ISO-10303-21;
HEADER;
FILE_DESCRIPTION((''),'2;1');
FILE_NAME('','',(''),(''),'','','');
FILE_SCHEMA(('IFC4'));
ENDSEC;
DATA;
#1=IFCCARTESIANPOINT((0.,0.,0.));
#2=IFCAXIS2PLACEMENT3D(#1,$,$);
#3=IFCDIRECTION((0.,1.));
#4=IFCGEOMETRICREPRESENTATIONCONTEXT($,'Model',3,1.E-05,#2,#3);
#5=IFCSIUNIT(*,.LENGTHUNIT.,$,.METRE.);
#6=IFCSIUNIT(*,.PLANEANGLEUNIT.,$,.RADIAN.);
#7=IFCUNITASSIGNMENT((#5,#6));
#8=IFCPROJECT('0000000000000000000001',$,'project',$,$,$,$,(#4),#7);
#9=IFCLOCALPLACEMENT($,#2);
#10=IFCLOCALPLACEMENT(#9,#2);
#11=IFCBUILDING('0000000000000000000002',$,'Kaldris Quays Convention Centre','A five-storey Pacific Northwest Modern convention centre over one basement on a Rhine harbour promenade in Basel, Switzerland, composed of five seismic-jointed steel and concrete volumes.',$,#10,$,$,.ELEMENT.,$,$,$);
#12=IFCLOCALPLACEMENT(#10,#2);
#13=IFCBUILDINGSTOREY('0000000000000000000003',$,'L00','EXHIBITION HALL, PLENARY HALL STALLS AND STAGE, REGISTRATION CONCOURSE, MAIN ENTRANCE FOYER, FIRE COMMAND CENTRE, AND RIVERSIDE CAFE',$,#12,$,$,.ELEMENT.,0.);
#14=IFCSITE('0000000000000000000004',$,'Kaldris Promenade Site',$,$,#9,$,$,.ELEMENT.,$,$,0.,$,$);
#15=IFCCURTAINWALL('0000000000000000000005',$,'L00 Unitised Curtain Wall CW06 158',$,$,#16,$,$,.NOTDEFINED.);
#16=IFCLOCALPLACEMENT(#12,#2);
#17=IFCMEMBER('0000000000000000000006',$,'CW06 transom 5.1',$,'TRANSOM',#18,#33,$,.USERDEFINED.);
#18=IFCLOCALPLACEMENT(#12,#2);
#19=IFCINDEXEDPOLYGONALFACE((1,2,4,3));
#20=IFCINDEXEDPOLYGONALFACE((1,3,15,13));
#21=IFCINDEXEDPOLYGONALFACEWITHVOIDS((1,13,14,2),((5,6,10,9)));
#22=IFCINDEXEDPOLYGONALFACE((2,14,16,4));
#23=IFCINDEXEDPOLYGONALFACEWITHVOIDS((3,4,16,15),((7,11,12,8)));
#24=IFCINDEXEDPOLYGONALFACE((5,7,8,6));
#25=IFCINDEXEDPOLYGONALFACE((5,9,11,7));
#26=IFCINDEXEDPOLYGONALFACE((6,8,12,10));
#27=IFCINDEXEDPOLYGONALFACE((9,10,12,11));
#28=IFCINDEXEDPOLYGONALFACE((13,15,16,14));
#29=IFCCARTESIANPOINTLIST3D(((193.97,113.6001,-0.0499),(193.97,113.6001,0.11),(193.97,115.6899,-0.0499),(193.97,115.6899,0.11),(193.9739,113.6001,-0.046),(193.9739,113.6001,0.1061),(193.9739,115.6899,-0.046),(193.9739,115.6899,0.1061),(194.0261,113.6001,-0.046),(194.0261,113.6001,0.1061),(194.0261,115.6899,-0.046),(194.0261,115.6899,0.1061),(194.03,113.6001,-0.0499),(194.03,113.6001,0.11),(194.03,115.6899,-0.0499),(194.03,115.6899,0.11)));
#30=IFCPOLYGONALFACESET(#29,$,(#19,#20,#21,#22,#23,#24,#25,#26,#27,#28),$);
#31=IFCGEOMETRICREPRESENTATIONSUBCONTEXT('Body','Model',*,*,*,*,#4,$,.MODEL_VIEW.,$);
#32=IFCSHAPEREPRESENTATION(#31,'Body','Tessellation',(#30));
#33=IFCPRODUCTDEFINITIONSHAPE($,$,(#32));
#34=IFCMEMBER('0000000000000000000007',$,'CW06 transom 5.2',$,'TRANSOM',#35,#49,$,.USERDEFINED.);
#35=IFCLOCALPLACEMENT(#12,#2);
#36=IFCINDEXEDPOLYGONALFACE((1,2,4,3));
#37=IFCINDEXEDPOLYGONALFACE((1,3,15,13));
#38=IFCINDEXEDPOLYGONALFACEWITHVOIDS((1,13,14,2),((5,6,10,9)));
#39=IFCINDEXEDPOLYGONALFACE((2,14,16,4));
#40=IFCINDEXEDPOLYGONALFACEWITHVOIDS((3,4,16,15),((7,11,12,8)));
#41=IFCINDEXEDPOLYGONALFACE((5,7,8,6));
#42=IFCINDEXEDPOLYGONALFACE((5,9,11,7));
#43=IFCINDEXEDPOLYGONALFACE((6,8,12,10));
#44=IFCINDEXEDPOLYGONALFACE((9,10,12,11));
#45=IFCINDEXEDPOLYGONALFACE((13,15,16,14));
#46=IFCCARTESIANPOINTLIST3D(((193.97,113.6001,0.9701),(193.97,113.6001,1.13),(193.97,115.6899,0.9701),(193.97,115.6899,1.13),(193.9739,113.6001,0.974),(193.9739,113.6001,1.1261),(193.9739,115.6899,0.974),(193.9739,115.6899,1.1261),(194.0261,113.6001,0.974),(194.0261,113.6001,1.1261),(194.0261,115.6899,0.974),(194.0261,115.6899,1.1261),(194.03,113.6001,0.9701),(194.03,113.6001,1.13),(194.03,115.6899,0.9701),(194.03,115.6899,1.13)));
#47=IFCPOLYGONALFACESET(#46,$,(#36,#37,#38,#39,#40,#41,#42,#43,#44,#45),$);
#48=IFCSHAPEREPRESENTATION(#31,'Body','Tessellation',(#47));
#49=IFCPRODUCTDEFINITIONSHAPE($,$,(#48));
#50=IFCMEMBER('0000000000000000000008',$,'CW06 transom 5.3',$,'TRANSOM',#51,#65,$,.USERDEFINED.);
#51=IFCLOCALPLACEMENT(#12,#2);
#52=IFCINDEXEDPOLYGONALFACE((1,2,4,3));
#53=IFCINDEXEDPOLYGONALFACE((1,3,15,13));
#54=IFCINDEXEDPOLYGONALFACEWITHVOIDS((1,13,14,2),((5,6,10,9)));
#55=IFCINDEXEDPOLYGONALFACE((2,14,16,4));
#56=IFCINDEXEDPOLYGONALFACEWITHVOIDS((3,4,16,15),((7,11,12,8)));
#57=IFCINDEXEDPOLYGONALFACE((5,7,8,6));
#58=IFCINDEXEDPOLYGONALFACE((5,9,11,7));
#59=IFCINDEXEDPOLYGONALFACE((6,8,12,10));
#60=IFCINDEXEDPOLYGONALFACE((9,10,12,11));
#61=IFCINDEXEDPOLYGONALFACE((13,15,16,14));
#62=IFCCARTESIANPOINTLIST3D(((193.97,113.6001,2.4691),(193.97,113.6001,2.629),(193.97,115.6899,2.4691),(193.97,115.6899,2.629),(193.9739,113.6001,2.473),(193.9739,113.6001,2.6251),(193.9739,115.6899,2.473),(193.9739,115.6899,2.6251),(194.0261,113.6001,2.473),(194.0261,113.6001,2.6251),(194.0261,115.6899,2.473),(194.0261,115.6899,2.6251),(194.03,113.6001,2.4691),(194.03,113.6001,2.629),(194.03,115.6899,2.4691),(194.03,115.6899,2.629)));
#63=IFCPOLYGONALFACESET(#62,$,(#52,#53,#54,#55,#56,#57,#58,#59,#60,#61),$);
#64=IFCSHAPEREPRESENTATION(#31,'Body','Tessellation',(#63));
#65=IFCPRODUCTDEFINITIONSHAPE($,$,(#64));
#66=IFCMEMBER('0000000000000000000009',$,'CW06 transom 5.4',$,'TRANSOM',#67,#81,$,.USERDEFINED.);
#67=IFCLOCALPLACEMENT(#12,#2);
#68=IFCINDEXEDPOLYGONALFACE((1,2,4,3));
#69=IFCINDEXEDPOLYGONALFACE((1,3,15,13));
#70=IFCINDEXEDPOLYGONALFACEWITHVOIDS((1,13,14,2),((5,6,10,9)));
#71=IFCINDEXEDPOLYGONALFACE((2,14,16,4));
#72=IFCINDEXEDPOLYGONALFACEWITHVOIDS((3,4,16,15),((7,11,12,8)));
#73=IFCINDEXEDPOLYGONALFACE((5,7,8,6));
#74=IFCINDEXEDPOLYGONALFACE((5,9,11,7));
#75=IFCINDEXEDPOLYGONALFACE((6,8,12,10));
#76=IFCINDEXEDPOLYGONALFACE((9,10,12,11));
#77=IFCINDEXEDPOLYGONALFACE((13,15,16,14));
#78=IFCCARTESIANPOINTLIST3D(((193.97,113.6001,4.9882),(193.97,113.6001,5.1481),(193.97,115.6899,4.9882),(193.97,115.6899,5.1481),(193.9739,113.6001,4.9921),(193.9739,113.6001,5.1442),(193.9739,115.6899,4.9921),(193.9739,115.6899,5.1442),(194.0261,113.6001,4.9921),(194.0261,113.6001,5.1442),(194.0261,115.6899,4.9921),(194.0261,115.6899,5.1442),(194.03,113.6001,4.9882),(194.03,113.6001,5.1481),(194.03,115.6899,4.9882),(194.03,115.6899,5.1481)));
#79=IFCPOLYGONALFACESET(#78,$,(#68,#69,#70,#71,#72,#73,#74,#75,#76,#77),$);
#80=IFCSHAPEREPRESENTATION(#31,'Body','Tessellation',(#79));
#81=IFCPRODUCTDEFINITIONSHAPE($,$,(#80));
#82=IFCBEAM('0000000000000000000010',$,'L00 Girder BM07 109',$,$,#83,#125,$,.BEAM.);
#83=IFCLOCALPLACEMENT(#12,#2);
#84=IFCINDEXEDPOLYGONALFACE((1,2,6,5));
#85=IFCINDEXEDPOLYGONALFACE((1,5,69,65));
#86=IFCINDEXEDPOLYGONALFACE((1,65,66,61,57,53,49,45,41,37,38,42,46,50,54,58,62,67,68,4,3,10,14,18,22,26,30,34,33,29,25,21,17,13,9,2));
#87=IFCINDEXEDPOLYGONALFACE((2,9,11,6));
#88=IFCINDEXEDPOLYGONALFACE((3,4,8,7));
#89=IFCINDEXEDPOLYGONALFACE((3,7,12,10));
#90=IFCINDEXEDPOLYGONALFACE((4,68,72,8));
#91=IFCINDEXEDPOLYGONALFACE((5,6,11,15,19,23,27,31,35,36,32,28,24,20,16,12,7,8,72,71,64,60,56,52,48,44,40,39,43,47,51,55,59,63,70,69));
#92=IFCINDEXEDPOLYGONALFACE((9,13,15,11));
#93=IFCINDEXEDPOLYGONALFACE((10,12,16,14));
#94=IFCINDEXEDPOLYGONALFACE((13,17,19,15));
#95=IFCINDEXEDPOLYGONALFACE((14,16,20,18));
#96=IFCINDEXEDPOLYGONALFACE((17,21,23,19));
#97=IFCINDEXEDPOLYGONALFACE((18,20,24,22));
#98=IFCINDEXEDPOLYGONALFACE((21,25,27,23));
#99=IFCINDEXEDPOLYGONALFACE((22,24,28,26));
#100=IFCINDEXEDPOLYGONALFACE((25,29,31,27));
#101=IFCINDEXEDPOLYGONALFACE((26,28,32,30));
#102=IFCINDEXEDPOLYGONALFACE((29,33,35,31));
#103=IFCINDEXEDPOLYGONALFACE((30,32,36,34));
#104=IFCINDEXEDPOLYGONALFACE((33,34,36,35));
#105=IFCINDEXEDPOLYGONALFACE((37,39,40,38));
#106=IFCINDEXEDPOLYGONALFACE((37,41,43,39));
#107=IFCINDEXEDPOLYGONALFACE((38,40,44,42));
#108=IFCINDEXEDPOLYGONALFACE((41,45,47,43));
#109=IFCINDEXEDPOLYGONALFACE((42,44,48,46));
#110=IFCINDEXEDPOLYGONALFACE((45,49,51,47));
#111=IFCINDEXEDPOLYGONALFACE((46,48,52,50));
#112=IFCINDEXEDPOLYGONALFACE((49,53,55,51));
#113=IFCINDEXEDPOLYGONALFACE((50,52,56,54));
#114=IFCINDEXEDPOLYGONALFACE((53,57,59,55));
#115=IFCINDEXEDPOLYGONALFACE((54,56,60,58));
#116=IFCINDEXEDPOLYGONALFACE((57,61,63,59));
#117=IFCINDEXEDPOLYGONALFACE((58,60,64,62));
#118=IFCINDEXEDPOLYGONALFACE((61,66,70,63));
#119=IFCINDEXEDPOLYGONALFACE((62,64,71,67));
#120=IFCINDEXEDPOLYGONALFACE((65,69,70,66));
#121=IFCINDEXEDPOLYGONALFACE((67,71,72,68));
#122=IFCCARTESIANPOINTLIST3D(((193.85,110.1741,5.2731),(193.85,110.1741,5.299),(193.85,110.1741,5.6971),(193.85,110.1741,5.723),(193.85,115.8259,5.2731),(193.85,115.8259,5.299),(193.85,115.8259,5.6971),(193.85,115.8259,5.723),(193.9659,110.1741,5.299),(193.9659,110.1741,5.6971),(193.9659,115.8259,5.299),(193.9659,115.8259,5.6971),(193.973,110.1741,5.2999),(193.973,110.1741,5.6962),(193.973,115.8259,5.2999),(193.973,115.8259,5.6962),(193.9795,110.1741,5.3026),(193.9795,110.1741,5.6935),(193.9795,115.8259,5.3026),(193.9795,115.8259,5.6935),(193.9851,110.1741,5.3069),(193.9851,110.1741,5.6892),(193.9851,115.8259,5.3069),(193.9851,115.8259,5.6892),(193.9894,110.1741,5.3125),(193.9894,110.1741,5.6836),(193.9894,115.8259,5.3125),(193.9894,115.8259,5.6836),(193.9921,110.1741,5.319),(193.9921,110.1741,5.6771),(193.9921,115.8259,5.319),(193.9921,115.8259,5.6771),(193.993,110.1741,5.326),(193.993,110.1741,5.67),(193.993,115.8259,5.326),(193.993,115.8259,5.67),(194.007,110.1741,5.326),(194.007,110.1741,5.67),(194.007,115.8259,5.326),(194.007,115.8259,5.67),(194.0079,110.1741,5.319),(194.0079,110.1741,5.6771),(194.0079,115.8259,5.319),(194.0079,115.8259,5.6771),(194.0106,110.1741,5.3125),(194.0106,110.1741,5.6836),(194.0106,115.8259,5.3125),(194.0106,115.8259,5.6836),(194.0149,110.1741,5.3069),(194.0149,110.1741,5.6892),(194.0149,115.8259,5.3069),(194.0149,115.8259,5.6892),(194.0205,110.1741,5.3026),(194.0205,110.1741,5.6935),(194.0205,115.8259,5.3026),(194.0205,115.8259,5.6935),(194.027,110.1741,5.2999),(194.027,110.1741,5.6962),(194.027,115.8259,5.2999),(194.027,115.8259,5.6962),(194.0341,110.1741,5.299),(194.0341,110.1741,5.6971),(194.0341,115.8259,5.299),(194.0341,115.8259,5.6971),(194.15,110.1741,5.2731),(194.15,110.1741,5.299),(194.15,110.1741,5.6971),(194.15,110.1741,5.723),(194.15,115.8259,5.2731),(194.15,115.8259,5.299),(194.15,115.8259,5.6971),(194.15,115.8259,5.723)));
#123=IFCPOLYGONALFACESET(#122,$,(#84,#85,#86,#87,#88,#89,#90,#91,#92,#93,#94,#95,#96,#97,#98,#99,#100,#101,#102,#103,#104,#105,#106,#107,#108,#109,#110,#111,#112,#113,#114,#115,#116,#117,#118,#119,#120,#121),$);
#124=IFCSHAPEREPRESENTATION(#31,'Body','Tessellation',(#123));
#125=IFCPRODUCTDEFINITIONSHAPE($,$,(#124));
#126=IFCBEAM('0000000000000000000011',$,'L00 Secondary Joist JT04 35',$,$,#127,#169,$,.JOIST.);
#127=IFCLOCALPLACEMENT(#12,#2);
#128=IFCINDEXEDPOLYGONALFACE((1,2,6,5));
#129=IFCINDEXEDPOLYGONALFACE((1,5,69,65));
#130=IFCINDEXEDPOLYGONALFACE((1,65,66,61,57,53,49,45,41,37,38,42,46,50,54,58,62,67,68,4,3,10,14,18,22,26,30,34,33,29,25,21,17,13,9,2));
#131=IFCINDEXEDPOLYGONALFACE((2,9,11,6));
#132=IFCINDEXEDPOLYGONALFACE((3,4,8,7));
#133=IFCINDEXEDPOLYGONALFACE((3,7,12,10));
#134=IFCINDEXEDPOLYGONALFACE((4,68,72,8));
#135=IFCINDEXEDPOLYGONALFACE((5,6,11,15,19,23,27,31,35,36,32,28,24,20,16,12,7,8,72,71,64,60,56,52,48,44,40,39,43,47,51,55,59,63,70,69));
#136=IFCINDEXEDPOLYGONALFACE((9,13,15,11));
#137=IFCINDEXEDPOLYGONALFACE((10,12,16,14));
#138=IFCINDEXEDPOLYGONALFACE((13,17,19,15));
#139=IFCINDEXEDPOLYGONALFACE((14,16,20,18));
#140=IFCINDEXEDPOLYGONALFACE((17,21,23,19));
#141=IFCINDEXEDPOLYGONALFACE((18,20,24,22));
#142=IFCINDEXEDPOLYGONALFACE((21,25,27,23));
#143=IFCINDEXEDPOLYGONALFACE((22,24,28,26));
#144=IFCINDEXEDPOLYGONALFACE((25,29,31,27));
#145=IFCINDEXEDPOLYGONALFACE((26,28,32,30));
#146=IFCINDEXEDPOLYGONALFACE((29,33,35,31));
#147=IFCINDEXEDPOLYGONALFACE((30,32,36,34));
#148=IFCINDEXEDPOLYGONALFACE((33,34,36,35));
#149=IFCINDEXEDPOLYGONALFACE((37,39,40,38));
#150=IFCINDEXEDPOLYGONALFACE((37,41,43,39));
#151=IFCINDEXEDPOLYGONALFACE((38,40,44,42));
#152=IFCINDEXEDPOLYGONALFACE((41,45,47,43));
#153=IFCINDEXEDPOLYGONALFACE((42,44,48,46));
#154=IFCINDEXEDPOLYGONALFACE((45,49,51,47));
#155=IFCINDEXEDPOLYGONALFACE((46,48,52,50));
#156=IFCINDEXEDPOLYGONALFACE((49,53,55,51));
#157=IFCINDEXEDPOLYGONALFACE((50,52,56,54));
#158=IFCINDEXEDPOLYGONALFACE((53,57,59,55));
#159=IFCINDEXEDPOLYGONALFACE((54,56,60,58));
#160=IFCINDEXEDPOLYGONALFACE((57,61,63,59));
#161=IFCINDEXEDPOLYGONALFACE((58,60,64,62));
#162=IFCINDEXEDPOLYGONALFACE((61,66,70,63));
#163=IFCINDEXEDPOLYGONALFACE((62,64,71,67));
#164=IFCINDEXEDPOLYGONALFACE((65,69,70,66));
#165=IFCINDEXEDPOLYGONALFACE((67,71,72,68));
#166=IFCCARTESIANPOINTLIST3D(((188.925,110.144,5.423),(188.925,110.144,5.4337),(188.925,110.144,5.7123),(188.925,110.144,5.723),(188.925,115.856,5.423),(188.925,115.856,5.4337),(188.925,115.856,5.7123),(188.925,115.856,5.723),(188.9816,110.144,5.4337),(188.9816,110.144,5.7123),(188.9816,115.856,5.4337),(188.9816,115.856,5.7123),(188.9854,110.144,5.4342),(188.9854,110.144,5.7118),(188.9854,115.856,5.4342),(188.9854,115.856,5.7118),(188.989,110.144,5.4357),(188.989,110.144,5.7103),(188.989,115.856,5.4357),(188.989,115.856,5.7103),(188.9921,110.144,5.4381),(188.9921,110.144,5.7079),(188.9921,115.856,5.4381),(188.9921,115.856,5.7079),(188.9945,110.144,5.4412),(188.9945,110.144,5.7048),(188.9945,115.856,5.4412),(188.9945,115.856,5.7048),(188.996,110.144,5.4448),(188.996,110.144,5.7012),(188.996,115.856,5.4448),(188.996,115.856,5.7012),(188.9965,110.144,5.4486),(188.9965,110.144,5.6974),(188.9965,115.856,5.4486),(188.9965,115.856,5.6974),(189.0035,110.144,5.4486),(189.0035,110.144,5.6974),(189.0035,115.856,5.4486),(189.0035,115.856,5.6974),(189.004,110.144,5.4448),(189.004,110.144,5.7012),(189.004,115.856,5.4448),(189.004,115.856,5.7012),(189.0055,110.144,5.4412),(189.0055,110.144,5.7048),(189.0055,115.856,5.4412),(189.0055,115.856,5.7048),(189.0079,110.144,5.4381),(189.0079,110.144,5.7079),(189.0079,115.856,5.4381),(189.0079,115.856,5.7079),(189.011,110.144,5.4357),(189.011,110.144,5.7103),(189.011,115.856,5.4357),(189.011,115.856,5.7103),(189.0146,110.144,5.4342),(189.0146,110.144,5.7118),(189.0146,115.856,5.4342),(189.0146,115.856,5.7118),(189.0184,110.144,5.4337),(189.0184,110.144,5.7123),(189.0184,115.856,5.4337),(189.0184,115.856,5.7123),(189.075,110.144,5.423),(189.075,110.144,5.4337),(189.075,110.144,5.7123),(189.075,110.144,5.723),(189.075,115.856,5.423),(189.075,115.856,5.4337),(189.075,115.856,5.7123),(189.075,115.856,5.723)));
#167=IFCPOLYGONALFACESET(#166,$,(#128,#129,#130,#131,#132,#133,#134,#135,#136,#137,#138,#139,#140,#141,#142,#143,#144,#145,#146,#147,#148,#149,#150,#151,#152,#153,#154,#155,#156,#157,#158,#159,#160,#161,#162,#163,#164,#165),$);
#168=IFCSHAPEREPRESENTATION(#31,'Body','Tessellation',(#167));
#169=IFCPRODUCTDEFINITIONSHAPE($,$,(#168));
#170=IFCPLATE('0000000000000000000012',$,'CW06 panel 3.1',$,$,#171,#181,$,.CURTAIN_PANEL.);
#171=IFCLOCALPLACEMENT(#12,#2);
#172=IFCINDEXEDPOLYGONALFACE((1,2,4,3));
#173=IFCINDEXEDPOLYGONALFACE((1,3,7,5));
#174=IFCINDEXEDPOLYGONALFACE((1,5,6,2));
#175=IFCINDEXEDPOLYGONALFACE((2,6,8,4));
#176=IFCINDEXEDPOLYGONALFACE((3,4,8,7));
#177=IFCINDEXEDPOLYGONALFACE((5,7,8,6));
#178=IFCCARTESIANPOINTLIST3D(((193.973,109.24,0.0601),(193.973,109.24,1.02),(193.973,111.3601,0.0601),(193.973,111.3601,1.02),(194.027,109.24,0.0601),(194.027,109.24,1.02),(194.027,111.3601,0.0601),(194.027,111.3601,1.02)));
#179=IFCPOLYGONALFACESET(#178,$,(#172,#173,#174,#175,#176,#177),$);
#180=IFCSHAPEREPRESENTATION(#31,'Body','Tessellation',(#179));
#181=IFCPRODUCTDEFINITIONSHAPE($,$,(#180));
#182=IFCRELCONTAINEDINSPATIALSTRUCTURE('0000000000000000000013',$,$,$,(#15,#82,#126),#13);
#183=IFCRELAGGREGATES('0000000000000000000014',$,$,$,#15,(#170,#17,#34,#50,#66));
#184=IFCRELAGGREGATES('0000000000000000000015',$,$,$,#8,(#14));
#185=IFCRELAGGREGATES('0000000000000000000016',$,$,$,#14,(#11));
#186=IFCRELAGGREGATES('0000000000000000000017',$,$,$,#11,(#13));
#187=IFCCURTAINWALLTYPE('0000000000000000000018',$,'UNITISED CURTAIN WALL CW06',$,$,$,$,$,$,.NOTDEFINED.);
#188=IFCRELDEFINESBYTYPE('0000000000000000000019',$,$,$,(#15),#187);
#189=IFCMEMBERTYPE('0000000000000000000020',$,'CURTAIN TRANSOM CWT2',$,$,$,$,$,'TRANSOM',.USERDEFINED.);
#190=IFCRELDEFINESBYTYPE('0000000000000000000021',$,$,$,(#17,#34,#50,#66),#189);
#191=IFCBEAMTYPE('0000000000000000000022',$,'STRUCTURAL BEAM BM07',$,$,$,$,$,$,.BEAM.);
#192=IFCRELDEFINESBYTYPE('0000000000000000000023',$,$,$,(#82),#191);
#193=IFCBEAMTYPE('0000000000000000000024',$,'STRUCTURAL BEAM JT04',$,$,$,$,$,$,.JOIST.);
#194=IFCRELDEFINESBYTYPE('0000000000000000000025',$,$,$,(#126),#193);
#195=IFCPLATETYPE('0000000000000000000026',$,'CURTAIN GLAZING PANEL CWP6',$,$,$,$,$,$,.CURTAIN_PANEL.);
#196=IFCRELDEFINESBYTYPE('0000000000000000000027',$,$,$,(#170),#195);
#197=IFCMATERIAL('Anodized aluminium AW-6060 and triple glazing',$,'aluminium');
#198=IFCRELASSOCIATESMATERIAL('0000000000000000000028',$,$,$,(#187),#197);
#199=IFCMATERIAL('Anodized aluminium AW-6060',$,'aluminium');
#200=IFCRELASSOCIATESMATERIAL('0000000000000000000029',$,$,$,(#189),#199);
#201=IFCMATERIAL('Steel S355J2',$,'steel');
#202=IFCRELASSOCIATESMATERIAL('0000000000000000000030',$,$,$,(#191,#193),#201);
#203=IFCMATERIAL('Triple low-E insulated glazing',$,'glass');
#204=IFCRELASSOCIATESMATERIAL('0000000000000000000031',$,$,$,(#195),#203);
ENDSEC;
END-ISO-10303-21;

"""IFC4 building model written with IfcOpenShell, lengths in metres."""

from ifc_helpers import new_model, si_unit, direction, frame, origin, origin_2d, place, context, subcontext, project, spatial, rectangle, hollow_rectangle, i_section, extrude, material, material_profile, profile_set, type_object, element, aggregate, save


model = new_model("IFC4")

# Units and contexts
model_context = context("Model", 3, precision=1e-05, world=origin(), true_north=direction((0.0, 1.0)))
body_context = subcontext(model_context, "Body", "Model", "MODEL_VIEW")
ifc_project = project(units=[si_unit("LENGTHUNIT", "METRE"), si_unit("PLANEANGLEUNIT", "RADIAN")], contexts=[model_context])

# Site, building, storey
site_placement = place(None, origin())
site = spatial("IfcSite", under=ifc_project, at=site_placement, Name="Kaldris Promenade Site", CompositionType="ELEMENT", RefElevation=0.0)
building_placement = place(site_placement, origin())
building = spatial("IfcBuilding", under=site, at=building_placement, Name="Kaldris Quays Convention Centre", Description="A five-storey Pacific Northwest Modern convention centre over one basement on a Rhine harbour promenade in Basel, Switzerland, composed of five seismic-jointed steel and concrete volumes.", CompositionType="ELEMENT")
storey_placement = place(building_placement, origin())
storey = spatial("IfcBuildingStorey", under=building, at=storey_placement, Name="L00", Description="EXHIBITION HALL, PLENARY HALL STALLS AND STAGE, REGISTRATION CONCOURSE, MAIN ENTRANCE FOYER, FIRE COMMAND CENTRE, AND RIVERSIDE CAFE", CompositionType="ELEMENT", Elevation=0.0)

# Shared definitions
ifc_material_1 = material(Name="Steel S355J2", Category="steel")

# Curtain wall
ifc_material_2 = material(Name="Anodized aluminium AW-6060 and triple glazing", Category="aluminium")
curtain_wall_type = type_object("IfcCurtainWallType", Name="UNITISED CURTAIN WALL CW06", PredefinedType="NOTDEFINED", material=ifc_material_2)
curtain_wall_1_placement = place(storey_placement, origin())
curtain_wall_1 = element("IfcCurtainWall", 1, at=curtain_wall_1_placement, inside=storey, type_object=curtain_wall_type, Name="L00 Unitised Curtain Wall CW06 158", PredefinedType="NOTDEFINED")
ifc_material_3 = material(Name="Anodized aluminium AW-6060", Category="aluminium")

# Shared definitions
ifc_material_profile_1 = material_profile(ifc_material_3, hollow_rectangle(XDim=0.0601, YDim=0.1599, WallThickness=0.0039, at=origin_2d()), Name="RHS 160x60x4")
ifc_profile_set_1 = profile_set([ifc_material_profile_1], Name="Anodized aluminium AW-6060")
member_type_1 = type_object("IfcMemberType", Name="CURTAIN TRANSOM CWT2", ElementType="TRANSOM", PredefinedType="USERDEFINED", material=ifc_profile_set_1)

# Members
member_1_placement = place(storey_placement, frame((194.0, 113.6001, 0.03), z_axis=(0.0, 1.0, 0.0), x_axis=(-1.0, 0.0, 0.0)))
member_1 = element("IfcMember", 2, at=member_1_placement, type_object=member_type_1, Name="CW06 transom 5.1", ObjectType="TRANSOM", PredefinedType="USERDEFINED", context=body_context, shape_type="SweptSolid", body=[
    extrude(hollow_rectangle(XDim=0.0601, YDim=0.1599, WallThickness=0.0039, at=origin_2d()), origin(), (0.0, 0.0, 1.0), 2.0898),
])
member_2_placement = place(storey_placement, frame((194.0, 113.6001, 1.05), z_axis=(0.0, 1.0, 0.0), x_axis=(-1.0, 0.0, 0.0)))
member_2 = element("IfcMember", 3, at=member_2_placement, type_object=member_type_1, Name="CW06 transom 5.2", ObjectType="TRANSOM", PredefinedType="USERDEFINED", context=body_context, shape_type="SweptSolid", body=[
    extrude(hollow_rectangle(XDim=0.0601, YDim=0.1599, WallThickness=0.0039, at=origin_2d()), origin(), (0.0, 0.0, 1.0), 2.0898),
])
member_3_placement = place(storey_placement, frame((194.0, 113.6001, 2.5491), z_axis=(0.0, 1.0, 0.0), x_axis=(-1.0, 0.0, 0.0)))
member_3 = element("IfcMember", 4, at=member_3_placement, type_object=member_type_1, Name="CW06 transom 5.3", ObjectType="TRANSOM", PredefinedType="USERDEFINED", context=body_context, shape_type="SweptSolid", body=[
    extrude(hollow_rectangle(XDim=0.0601, YDim=0.1599, WallThickness=0.0039, at=origin_2d()), origin(), (0.0, 0.0, 1.0), 2.0898),
])
member_4_placement = place(storey_placement, frame((194.0, 113.6001, 5.0681), z_axis=(0.0, 1.0, 0.0), x_axis=(-1.0, 0.0, 0.0)))
member_4 = element("IfcMember", 5, at=member_4_placement, type_object=member_type_1, Name="CW06 transom 5.4", ObjectType="TRANSOM", PredefinedType="USERDEFINED", context=body_context, shape_type="SweptSolid", body=[
    extrude(hollow_rectangle(XDim=0.0601, YDim=0.1599, WallThickness=0.0039, at=origin_2d()), origin(), (0.0, 0.0, 1.0), 2.0898),
])

# Beams
ifc_material_profile_2 = material_profile(ifc_material_1, i_section(OverallWidth=0.3, OverallDepth=0.45, WebThickness=0.0139, FlangeThickness=0.0259, FilletRadius=0.0271, at=origin_2d()), Name="HEB 450")
ifc_profile_set_2 = profile_set([ifc_material_profile_2], Name="Steel S355J2")
beam_type_1 = type_object("IfcBeamType", Name="STRUCTURAL BEAM BM07", PredefinedType="BEAM", material=ifc_profile_set_2)
beam_1_placement = place(storey_placement, frame((194.0, 110.1741, 5.498), z_axis=(0.0, 1.0, 0.0), x_axis=(-1.0, 0.0, 0.0)))
element("IfcBeam", 6, at=beam_1_placement, inside=storey, type_object=beam_type_1, Name="L00 Girder BM07 109", PredefinedType="BEAM", context=body_context, shape_type="SweptSolid", body=[
    extrude(i_section(OverallWidth=0.3, OverallDepth=0.45, WebThickness=0.0139, FlangeThickness=0.0259, FilletRadius=0.0271, at=origin_2d()), origin(), (0.0, 0.0, 1.0), 5.6519),
])
ifc_material_profile_3 = material_profile(ifc_material_1, i_section(OverallWidth=0.1499, OverallDepth=0.3, WebThickness=0.0071, FlangeThickness=0.0107, FilletRadius=0.0149, at=origin_2d()), Name="IPE 300")
ifc_profile_set_3 = profile_set([ifc_material_profile_3], Name="Steel S355J2")
beam_type_2 = type_object("IfcBeamType", Name="STRUCTURAL BEAM JT04", PredefinedType="JOIST", material=ifc_profile_set_3)
beam_2_placement = place(storey_placement, frame((189.0, 110.144, 5.573), z_axis=(0.0, 1.0, 0.0), x_axis=(-1.0, 0.0, 0.0)))
element("IfcBeam", 7, at=beam_2_placement, inside=storey, type_object=beam_type_2, Name="L00 Secondary Joist JT04 35", PredefinedType="JOIST", context=body_context, shape_type="SweptSolid", body=[
    extrude(i_section(OverallWidth=0.1499, OverallDepth=0.3, WebThickness=0.0071, FlangeThickness=0.0107, FilletRadius=0.0149, at=origin_2d()), origin(), (0.0, 0.0, 1.0), 5.7119),
])

# Plate
ifc_material_4 = material(Name="Triple low-E insulated glazing", Category="glass")
plate_type = type_object("IfcPlateType", Name="CURTAIN GLAZING PANEL CWP6", PredefinedType="CURTAIN_PANEL", material=ifc_material_4)
plate_1_placement = place(storey_placement, frame((194.0, 110.3, 0.0601), z_axis=(0.0, 0.0, 1.0), x_axis=(0.0, 1.0, 0.0)))
plate_1 = element("IfcPlate", 8, at=plate_1_placement, type_object=plate_type, Name="CW06 panel 3.1", PredefinedType="CURTAIN_PANEL", context=body_context, shape_type="SweptSolid", body=[
    extrude(rectangle(XDim=2.1201, YDim=0.054, at=origin_2d()), origin(), (0.0, 0.0, 1.0), 0.96),
])
aggregate(curtain_wall_1, [plate_1, member_1, member_2, member_3, member_4])

save(model, "model.ifc")
